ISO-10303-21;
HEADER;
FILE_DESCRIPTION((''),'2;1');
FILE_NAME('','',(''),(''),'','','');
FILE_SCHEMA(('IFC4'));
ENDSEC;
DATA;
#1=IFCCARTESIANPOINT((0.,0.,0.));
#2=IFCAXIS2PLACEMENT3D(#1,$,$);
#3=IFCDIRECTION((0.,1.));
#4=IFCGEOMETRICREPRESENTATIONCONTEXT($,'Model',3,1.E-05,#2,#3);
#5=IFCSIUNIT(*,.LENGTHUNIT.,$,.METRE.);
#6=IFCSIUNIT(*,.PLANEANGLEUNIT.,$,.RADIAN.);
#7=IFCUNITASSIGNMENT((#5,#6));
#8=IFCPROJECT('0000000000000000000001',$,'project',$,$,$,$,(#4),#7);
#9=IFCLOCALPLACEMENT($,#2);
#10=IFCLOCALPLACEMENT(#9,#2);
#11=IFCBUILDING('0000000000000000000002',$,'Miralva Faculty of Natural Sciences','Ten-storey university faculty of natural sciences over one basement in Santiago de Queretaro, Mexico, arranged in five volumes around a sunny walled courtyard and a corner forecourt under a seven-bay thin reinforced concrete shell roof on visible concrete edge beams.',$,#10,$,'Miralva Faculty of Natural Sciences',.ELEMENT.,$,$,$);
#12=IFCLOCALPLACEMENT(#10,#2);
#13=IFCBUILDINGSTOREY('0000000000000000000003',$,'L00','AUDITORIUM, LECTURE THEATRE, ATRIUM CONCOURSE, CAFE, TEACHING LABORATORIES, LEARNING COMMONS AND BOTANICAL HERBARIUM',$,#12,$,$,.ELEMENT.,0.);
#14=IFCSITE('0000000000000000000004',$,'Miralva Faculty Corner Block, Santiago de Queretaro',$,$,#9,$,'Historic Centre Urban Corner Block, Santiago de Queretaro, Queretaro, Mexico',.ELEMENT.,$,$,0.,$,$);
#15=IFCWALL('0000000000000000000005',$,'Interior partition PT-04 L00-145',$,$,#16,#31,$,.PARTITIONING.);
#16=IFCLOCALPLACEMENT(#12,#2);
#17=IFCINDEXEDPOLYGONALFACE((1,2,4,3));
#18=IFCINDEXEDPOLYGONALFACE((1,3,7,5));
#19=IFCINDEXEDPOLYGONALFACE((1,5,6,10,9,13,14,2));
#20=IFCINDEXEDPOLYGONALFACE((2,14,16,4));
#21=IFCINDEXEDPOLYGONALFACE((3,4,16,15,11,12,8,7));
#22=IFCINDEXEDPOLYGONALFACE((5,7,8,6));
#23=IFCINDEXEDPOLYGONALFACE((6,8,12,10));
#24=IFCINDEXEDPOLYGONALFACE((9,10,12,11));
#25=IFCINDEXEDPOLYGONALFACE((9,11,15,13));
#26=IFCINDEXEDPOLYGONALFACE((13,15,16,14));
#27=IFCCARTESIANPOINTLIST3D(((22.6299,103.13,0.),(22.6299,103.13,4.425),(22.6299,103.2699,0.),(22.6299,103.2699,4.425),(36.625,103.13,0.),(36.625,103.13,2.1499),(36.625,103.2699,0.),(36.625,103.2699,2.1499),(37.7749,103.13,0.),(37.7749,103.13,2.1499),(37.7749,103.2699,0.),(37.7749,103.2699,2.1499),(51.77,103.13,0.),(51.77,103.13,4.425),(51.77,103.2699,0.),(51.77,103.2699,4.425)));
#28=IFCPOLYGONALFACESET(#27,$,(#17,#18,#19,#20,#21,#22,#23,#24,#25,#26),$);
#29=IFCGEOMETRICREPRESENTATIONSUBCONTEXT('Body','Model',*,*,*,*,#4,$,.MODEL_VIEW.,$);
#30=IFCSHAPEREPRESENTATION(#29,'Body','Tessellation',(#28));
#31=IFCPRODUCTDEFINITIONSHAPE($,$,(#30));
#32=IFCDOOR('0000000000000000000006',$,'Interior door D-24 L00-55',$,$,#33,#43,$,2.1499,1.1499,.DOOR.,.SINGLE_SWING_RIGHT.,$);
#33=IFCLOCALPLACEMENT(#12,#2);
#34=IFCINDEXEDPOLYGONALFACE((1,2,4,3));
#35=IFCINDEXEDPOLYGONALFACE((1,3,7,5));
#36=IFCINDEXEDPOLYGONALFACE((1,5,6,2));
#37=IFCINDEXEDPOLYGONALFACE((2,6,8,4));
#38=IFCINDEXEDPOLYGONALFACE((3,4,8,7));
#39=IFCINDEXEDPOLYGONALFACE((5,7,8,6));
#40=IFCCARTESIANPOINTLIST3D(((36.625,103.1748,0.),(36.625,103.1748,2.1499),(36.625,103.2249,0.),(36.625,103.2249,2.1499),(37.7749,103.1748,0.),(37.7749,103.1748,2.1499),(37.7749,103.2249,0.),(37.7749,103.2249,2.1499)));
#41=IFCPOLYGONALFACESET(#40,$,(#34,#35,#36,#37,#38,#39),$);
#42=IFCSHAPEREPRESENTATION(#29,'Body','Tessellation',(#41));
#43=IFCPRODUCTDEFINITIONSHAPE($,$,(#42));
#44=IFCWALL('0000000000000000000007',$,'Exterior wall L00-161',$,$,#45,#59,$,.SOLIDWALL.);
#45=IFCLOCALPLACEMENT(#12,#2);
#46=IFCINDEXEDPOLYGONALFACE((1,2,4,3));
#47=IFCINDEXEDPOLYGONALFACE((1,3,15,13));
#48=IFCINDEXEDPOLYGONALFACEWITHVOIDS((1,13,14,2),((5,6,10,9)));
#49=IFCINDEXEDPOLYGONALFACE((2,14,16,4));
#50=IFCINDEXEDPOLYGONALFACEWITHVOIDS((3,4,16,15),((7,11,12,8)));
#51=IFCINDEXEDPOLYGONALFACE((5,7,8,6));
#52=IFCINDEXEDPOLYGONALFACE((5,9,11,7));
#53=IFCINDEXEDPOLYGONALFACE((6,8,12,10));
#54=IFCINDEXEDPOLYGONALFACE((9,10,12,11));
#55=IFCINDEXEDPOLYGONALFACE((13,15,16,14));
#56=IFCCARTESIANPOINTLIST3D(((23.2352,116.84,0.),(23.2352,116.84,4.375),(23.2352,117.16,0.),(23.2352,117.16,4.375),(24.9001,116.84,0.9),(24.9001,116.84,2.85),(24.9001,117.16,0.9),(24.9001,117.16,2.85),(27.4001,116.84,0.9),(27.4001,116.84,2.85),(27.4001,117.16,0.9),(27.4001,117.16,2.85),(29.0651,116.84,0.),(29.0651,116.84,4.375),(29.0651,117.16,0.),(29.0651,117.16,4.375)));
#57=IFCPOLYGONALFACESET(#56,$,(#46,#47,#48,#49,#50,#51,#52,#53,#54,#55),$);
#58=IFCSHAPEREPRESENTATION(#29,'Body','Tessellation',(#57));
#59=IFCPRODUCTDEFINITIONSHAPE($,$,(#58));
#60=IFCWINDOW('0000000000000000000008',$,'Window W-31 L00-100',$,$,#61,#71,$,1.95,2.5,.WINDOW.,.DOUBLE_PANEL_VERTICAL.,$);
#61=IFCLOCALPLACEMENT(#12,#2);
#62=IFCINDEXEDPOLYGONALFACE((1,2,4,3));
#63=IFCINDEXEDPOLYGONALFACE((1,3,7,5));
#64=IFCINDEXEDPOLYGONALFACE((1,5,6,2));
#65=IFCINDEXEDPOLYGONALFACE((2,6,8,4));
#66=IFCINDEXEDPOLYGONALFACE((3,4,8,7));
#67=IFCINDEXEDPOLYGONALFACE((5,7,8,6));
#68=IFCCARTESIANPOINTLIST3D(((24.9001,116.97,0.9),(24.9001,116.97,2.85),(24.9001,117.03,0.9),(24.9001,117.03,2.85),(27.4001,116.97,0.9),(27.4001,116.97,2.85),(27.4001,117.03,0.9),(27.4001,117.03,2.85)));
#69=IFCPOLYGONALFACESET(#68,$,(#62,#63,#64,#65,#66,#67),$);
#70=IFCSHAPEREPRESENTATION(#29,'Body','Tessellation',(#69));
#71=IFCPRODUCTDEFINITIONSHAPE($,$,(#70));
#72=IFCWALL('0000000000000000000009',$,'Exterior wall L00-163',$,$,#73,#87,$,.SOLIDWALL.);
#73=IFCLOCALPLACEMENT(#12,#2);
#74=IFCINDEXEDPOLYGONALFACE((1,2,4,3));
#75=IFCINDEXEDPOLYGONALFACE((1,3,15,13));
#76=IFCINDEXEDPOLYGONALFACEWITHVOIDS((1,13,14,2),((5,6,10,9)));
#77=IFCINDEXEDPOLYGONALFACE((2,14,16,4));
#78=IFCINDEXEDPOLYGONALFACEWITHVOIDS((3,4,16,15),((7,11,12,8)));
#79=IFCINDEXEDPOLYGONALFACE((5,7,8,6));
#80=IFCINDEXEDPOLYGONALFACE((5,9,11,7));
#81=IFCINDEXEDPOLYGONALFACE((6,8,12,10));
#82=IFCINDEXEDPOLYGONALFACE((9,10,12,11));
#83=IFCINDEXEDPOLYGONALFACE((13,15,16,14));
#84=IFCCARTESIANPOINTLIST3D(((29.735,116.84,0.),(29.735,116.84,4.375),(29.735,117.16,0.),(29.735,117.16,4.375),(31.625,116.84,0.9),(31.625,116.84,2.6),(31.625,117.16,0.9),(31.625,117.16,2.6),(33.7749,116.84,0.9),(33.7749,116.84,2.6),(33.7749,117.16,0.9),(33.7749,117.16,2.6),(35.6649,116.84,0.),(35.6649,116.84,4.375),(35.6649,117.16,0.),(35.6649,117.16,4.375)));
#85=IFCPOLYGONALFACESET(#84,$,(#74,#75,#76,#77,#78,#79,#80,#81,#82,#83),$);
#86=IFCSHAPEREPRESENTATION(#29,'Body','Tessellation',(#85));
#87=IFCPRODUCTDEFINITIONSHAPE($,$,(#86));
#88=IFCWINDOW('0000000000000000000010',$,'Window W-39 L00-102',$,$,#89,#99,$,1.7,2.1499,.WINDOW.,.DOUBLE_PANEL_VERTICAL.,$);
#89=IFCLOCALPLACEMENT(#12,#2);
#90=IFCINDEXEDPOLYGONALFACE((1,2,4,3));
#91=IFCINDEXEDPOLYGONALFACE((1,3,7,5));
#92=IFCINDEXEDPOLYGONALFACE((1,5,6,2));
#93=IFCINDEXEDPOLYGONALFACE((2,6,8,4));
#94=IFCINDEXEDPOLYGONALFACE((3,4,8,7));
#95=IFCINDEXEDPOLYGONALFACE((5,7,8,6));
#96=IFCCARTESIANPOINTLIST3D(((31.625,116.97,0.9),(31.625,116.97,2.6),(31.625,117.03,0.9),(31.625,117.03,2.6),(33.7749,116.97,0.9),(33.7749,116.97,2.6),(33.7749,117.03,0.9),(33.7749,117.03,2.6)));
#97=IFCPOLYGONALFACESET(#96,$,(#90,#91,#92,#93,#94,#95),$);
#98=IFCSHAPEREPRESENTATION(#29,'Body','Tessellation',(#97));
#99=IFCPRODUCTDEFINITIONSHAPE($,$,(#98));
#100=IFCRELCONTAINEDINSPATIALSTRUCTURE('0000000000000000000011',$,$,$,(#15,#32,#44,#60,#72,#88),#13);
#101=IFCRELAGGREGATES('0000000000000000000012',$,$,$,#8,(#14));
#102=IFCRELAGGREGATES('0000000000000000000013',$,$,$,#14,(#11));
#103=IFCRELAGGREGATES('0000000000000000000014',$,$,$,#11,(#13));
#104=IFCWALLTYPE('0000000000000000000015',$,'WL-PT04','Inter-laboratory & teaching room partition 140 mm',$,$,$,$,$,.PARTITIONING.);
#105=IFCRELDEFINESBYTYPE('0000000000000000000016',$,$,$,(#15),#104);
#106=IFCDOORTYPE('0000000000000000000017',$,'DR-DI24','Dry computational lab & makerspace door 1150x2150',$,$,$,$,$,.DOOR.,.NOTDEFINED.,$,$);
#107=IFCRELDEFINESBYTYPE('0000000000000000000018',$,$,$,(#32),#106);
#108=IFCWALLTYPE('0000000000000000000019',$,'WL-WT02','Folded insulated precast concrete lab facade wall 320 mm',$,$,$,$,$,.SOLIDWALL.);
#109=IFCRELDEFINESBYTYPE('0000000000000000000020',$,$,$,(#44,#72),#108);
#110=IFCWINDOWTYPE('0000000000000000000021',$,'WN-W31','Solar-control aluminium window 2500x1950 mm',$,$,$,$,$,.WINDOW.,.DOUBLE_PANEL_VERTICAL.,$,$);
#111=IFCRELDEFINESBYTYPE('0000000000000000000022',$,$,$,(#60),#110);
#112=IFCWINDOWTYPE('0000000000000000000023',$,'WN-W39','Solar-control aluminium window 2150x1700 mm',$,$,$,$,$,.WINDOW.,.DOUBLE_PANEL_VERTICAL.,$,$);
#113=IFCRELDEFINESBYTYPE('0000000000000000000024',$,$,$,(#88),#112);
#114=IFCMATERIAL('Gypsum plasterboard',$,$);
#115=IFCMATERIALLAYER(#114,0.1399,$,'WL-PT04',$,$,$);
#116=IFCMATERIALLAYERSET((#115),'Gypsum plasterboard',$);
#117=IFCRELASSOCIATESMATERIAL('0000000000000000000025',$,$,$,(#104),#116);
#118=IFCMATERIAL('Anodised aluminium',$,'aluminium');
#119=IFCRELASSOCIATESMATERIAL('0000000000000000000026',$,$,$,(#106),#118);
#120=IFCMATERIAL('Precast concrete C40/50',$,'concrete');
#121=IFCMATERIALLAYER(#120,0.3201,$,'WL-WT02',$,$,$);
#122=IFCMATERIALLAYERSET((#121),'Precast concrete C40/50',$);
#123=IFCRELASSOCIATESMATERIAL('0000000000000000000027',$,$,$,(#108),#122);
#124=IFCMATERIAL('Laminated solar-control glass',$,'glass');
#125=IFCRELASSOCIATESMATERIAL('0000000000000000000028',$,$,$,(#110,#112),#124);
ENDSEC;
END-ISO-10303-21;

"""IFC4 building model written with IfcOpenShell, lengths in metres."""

from ifc_helpers import new_model, si_unit, direction, frame, frame_2d, origin, place, context, subcontext, project, spatial, rectangle, extrude, material, layer, layer_set, type_object, element, fill, save


model = new_model("IFC4")

# Units and contexts
model_context = context("Model", 3, precision=1e-05, world=origin(), true_north=direction((0.0, 1.0)))
body_context = subcontext(model_context, "Body", "Model", "MODEL_VIEW")
ifc_project = project(units=[si_unit("LENGTHUNIT", "METRE"), si_unit("PLANEANGLEUNIT", "RADIAN")], contexts=[model_context])

# Site, building, storey
site_placement = place(None, origin())
site = spatial("IfcSite", under=ifc_project, at=site_placement, Name="Miralva Faculty Corner Block, Santiago de Queretaro", LongName="Historic Centre Urban Corner Block, Santiago de Queretaro, Queretaro, Mexico", CompositionType="ELEMENT", RefElevation=0.0)
building_placement = place(site_placement, origin())
building = spatial("IfcBuilding", under=site, at=building_placement, Name="Miralva Faculty of Natural Sciences", Description="Ten-storey university faculty of natural sciences over one basement in Santiago de Queretaro, Mexico, arranged in five volumes around a sunny walled courtyard and a corner forecourt under a seven-bay thin reinforced concrete shell roof on visible concrete edge beams.", LongName="Miralva Faculty of Natural Sciences", CompositionType="ELEMENT")
storey_placement = place(building_placement, origin())
storey = spatial("IfcBuildingStorey", under=building, at=storey_placement, Name="L00", Description="AUDITORIUM, LECTURE THEATRE, ATRIUM CONCOURSE, CAFE, TEACHING LABORATORIES, LEARNING COMMONS AND BOTANICAL HERBARIUM", CompositionType="ELEMENT", Elevation=0.0)

# Shared definitions
ifc_material_1 = material(Name="Gypsum plasterboard")
ifc_layer_1 = layer(ifc_material_1, 0.1399, Name="WL-PT04")
ifc_layer_set_1 = layer_set([ifc_layer_1], Name="Gypsum plasterboard")
wall_type_1 = type_object("IfcWallType", Name="WL-PT04", Description="Inter-laboratory & teaching room partition 140 mm", PredefinedType="PARTITIONING", material=ifc_layer_set_1)

# Wall, opening, door
wall_1_placement = place(storey_placement, frame((22.6299, 103.2, 0.0), z_axis=(0.0, 0.0, 1.0), x_axis=(1.0, 0.0, 0.0)))
wall_1 = element("IfcWall", 1, at=wall_1_placement, inside=storey, type_object=wall_type_1, Name="Interior partition PT-04 L00-145", PredefinedType="PARTITIONING", context=body_context, shape_type="SweptSolid", body=[
    extrude(rectangle(XDim=29.1401, YDim=0.1399, at=frame_2d((14.5701, 0.0))), origin(), (0.0, 0.0, 1.0), 4.425),
])
opening_1_placement = place(wall_1_placement, frame((13.9951, 0.0, 0.0)))
opening_1 = element("IfcOpeningElement", 2, at=opening_1_placement, cuts=wall_1, PredefinedType="OPENING", context=body_context, shape_type="SweptSolid", body=[
    extrude(rectangle(XDim=1.1499, YDim=2.1499, at=frame_2d((0.575, 1.075))), frame((0.0, 0.0798, 0.0), z_axis=(0.0, -1.0, 0.0), x_axis=(1.0, 0.0, 0.0)), (0.0, 0.0, 1.0), 0.1599),
])
ifc_material_2 = material(Name="Anodised aluminium", Category="aluminium")
door_type = type_object("IfcDoorType", Name="DR-DI24", Description="Dry computational lab & makerspace door 1150x2150", OperationType="NOTDEFINED", PredefinedType="DOOR", material=ifc_material_2)
door_placement = place(opening_1_placement, origin())
door = element("IfcDoor", 3, at=door_placement, inside=storey, type_object=door_type, Name="Interior door D-24 L00-55", OperationType="SINGLE_SWING_RIGHT", OverallHeight=2.1499, OverallWidth=1.1499, PredefinedType="DOOR", context=body_context, shape_type="SweptSolid", body=[
    extrude(rectangle(XDim=1.1499, YDim=2.1499, at=frame_2d((0.575, 1.075))), frame((0.0, 0.0249, 0.0), z_axis=(0.0, -1.0, 0.0), x_axis=(1.0, 0.0, 0.0)), (0.0, 0.0, 1.0), 0.05),
])
fill(opening_1, door)

# Walls, openings, windows
ifc_material_3 = material(Name="Precast concrete C40/50", Category="concrete")
ifc_layer_2 = layer(ifc_material_3, 0.3201, Name="WL-WT02")
ifc_layer_set_2 = layer_set([ifc_layer_2], Name="Precast concrete C40/50")
wall_type_2 = type_object("IfcWallType", Name="WL-WT02", Description="Folded insulated precast concrete lab facade wall 320 mm", PredefinedType="SOLIDWALL", material=ifc_layer_set_2)
wall_2_placement = place(storey_placement, frame((23.2351, 117.0, 0.0), z_axis=(0.0, 0.0, 1.0), x_axis=(1.0, 0.0, 0.0)))
wall_2 = element("IfcWall", 4, at=wall_2_placement, inside=storey, type_object=wall_type_2, Name="Exterior wall L00-161", PredefinedType="SOLIDWALL", context=body_context, shape_type="SweptSolid", body=[
    extrude(rectangle(XDim=5.8298, YDim=0.3201, at=frame_2d((2.915, 0.0))), origin(), (0.0, 0.0, 1.0), 4.375),
])
opening_2_placement = place(wall_2_placement, frame((1.665, 0.0, 0.8999)))
opening_2 = element("IfcOpeningElement", 5, at=opening_2_placement, cuts=wall_2, PredefinedType="OPENING", context=body_context, shape_type="SweptSolid", body=[
    extrude(rectangle(XDim=2.5, YDim=1.95, at=frame_2d((1.25, 0.9751))), frame((0.0, 0.1699, 0.0), z_axis=(0.0, -1.0, 0.0), x_axis=(1.0, 0.0, 0.0)), (0.0, 0.0, 1.0), 0.3401),
])
ifc_material_4 = material(Name="Laminated solar-control glass", Category="glass")
window_type_1 = type_object("IfcWindowType", Name="WN-W31", Description="Solar-control aluminium window 2500x1950 mm", PartitioningType="DOUBLE_PANEL_VERTICAL", PredefinedType="WINDOW", material=ifc_material_4)
window_1_placement = place(opening_2_placement, origin())
window_1 = element("IfcWindow", 6, at=window_1_placement, inside=storey, type_object=window_type_1, Name="Window W-31 L00-100", OverallHeight=1.95, OverallWidth=2.5, PartitioningType="DOUBLE_PANEL_VERTICAL", PredefinedType="WINDOW", context=body_context, shape_type="SweptSolid", body=[
    extrude(rectangle(XDim=2.5, YDim=1.95, at=frame_2d((1.25, 0.9751))), frame((0.0, 0.03, 0.0), z_axis=(0.0, -1.0, 0.0), x_axis=(1.0, 0.0, 0.0)), (0.0, 0.0, 1.0), 0.0601),
])
fill(opening_2, window_1)
wall_3_placement = place(storey_placement, frame((29.7351, 117.0, 0.0), z_axis=(0.0, 0.0, 1.0), x_axis=(1.0, 0.0, 0.0)))
wall_3 = element("IfcWall", 7, at=wall_3_placement, inside=storey, type_object=wall_type_2, Name="Exterior wall L00-163", PredefinedType="SOLIDWALL", context=body_context, shape_type="SweptSolid", body=[
    extrude(rectangle(XDim=5.9299, YDim=0.3201, at=frame_2d((2.9648, 0.0))), origin(), (0.0, 0.0, 1.0), 4.375),
])
opening_3_placement = place(wall_3_placement, frame((1.8899, 0.0, 0.8999)))
opening_3 = element("IfcOpeningElement", 8, at=opening_3_placement, cuts=wall_3, PredefinedType="OPENING", context=body_context, shape_type="SweptSolid", body=[
    extrude(rectangle(XDim=2.1499, YDim=1.7, at=frame_2d((1.075, 0.8501))), frame((0.0, 0.1699, 0.0), z_axis=(0.0, -1.0, 0.0), x_axis=(1.0, 0.0, 0.0)), (0.0, 0.0, 1.0), 0.3401),
])
window_type_2 = type_object("IfcWindowType", Name="WN-W39", Description="Solar-control aluminium window 2150x1700 mm", PartitioningType="DOUBLE_PANEL_VERTICAL", PredefinedType="WINDOW", material=ifc_material_4)
window_2_placement = place(opening_3_placement, origin())
window_2 = element("IfcWindow", 9, at=window_2_placement, inside=storey, type_object=window_type_2, Name="Window W-39 L00-102", OverallHeight=1.7, OverallWidth=2.1499, PartitioningType="DOUBLE_PANEL_VERTICAL", PredefinedType="WINDOW", context=body_context, shape_type="SweptSolid", body=[
    extrude(rectangle(XDim=2.1499, YDim=1.7, at=frame_2d((1.075, 0.8501))), frame((0.0, 0.03, 0.0), z_axis=(0.0, -1.0, 0.0), x_axis=(1.0, 0.0, 0.0)), (0.0, 0.0, 1.0), 0.0601),
])
fill(opening_3, window_2)

save(model, "model.ifc")
